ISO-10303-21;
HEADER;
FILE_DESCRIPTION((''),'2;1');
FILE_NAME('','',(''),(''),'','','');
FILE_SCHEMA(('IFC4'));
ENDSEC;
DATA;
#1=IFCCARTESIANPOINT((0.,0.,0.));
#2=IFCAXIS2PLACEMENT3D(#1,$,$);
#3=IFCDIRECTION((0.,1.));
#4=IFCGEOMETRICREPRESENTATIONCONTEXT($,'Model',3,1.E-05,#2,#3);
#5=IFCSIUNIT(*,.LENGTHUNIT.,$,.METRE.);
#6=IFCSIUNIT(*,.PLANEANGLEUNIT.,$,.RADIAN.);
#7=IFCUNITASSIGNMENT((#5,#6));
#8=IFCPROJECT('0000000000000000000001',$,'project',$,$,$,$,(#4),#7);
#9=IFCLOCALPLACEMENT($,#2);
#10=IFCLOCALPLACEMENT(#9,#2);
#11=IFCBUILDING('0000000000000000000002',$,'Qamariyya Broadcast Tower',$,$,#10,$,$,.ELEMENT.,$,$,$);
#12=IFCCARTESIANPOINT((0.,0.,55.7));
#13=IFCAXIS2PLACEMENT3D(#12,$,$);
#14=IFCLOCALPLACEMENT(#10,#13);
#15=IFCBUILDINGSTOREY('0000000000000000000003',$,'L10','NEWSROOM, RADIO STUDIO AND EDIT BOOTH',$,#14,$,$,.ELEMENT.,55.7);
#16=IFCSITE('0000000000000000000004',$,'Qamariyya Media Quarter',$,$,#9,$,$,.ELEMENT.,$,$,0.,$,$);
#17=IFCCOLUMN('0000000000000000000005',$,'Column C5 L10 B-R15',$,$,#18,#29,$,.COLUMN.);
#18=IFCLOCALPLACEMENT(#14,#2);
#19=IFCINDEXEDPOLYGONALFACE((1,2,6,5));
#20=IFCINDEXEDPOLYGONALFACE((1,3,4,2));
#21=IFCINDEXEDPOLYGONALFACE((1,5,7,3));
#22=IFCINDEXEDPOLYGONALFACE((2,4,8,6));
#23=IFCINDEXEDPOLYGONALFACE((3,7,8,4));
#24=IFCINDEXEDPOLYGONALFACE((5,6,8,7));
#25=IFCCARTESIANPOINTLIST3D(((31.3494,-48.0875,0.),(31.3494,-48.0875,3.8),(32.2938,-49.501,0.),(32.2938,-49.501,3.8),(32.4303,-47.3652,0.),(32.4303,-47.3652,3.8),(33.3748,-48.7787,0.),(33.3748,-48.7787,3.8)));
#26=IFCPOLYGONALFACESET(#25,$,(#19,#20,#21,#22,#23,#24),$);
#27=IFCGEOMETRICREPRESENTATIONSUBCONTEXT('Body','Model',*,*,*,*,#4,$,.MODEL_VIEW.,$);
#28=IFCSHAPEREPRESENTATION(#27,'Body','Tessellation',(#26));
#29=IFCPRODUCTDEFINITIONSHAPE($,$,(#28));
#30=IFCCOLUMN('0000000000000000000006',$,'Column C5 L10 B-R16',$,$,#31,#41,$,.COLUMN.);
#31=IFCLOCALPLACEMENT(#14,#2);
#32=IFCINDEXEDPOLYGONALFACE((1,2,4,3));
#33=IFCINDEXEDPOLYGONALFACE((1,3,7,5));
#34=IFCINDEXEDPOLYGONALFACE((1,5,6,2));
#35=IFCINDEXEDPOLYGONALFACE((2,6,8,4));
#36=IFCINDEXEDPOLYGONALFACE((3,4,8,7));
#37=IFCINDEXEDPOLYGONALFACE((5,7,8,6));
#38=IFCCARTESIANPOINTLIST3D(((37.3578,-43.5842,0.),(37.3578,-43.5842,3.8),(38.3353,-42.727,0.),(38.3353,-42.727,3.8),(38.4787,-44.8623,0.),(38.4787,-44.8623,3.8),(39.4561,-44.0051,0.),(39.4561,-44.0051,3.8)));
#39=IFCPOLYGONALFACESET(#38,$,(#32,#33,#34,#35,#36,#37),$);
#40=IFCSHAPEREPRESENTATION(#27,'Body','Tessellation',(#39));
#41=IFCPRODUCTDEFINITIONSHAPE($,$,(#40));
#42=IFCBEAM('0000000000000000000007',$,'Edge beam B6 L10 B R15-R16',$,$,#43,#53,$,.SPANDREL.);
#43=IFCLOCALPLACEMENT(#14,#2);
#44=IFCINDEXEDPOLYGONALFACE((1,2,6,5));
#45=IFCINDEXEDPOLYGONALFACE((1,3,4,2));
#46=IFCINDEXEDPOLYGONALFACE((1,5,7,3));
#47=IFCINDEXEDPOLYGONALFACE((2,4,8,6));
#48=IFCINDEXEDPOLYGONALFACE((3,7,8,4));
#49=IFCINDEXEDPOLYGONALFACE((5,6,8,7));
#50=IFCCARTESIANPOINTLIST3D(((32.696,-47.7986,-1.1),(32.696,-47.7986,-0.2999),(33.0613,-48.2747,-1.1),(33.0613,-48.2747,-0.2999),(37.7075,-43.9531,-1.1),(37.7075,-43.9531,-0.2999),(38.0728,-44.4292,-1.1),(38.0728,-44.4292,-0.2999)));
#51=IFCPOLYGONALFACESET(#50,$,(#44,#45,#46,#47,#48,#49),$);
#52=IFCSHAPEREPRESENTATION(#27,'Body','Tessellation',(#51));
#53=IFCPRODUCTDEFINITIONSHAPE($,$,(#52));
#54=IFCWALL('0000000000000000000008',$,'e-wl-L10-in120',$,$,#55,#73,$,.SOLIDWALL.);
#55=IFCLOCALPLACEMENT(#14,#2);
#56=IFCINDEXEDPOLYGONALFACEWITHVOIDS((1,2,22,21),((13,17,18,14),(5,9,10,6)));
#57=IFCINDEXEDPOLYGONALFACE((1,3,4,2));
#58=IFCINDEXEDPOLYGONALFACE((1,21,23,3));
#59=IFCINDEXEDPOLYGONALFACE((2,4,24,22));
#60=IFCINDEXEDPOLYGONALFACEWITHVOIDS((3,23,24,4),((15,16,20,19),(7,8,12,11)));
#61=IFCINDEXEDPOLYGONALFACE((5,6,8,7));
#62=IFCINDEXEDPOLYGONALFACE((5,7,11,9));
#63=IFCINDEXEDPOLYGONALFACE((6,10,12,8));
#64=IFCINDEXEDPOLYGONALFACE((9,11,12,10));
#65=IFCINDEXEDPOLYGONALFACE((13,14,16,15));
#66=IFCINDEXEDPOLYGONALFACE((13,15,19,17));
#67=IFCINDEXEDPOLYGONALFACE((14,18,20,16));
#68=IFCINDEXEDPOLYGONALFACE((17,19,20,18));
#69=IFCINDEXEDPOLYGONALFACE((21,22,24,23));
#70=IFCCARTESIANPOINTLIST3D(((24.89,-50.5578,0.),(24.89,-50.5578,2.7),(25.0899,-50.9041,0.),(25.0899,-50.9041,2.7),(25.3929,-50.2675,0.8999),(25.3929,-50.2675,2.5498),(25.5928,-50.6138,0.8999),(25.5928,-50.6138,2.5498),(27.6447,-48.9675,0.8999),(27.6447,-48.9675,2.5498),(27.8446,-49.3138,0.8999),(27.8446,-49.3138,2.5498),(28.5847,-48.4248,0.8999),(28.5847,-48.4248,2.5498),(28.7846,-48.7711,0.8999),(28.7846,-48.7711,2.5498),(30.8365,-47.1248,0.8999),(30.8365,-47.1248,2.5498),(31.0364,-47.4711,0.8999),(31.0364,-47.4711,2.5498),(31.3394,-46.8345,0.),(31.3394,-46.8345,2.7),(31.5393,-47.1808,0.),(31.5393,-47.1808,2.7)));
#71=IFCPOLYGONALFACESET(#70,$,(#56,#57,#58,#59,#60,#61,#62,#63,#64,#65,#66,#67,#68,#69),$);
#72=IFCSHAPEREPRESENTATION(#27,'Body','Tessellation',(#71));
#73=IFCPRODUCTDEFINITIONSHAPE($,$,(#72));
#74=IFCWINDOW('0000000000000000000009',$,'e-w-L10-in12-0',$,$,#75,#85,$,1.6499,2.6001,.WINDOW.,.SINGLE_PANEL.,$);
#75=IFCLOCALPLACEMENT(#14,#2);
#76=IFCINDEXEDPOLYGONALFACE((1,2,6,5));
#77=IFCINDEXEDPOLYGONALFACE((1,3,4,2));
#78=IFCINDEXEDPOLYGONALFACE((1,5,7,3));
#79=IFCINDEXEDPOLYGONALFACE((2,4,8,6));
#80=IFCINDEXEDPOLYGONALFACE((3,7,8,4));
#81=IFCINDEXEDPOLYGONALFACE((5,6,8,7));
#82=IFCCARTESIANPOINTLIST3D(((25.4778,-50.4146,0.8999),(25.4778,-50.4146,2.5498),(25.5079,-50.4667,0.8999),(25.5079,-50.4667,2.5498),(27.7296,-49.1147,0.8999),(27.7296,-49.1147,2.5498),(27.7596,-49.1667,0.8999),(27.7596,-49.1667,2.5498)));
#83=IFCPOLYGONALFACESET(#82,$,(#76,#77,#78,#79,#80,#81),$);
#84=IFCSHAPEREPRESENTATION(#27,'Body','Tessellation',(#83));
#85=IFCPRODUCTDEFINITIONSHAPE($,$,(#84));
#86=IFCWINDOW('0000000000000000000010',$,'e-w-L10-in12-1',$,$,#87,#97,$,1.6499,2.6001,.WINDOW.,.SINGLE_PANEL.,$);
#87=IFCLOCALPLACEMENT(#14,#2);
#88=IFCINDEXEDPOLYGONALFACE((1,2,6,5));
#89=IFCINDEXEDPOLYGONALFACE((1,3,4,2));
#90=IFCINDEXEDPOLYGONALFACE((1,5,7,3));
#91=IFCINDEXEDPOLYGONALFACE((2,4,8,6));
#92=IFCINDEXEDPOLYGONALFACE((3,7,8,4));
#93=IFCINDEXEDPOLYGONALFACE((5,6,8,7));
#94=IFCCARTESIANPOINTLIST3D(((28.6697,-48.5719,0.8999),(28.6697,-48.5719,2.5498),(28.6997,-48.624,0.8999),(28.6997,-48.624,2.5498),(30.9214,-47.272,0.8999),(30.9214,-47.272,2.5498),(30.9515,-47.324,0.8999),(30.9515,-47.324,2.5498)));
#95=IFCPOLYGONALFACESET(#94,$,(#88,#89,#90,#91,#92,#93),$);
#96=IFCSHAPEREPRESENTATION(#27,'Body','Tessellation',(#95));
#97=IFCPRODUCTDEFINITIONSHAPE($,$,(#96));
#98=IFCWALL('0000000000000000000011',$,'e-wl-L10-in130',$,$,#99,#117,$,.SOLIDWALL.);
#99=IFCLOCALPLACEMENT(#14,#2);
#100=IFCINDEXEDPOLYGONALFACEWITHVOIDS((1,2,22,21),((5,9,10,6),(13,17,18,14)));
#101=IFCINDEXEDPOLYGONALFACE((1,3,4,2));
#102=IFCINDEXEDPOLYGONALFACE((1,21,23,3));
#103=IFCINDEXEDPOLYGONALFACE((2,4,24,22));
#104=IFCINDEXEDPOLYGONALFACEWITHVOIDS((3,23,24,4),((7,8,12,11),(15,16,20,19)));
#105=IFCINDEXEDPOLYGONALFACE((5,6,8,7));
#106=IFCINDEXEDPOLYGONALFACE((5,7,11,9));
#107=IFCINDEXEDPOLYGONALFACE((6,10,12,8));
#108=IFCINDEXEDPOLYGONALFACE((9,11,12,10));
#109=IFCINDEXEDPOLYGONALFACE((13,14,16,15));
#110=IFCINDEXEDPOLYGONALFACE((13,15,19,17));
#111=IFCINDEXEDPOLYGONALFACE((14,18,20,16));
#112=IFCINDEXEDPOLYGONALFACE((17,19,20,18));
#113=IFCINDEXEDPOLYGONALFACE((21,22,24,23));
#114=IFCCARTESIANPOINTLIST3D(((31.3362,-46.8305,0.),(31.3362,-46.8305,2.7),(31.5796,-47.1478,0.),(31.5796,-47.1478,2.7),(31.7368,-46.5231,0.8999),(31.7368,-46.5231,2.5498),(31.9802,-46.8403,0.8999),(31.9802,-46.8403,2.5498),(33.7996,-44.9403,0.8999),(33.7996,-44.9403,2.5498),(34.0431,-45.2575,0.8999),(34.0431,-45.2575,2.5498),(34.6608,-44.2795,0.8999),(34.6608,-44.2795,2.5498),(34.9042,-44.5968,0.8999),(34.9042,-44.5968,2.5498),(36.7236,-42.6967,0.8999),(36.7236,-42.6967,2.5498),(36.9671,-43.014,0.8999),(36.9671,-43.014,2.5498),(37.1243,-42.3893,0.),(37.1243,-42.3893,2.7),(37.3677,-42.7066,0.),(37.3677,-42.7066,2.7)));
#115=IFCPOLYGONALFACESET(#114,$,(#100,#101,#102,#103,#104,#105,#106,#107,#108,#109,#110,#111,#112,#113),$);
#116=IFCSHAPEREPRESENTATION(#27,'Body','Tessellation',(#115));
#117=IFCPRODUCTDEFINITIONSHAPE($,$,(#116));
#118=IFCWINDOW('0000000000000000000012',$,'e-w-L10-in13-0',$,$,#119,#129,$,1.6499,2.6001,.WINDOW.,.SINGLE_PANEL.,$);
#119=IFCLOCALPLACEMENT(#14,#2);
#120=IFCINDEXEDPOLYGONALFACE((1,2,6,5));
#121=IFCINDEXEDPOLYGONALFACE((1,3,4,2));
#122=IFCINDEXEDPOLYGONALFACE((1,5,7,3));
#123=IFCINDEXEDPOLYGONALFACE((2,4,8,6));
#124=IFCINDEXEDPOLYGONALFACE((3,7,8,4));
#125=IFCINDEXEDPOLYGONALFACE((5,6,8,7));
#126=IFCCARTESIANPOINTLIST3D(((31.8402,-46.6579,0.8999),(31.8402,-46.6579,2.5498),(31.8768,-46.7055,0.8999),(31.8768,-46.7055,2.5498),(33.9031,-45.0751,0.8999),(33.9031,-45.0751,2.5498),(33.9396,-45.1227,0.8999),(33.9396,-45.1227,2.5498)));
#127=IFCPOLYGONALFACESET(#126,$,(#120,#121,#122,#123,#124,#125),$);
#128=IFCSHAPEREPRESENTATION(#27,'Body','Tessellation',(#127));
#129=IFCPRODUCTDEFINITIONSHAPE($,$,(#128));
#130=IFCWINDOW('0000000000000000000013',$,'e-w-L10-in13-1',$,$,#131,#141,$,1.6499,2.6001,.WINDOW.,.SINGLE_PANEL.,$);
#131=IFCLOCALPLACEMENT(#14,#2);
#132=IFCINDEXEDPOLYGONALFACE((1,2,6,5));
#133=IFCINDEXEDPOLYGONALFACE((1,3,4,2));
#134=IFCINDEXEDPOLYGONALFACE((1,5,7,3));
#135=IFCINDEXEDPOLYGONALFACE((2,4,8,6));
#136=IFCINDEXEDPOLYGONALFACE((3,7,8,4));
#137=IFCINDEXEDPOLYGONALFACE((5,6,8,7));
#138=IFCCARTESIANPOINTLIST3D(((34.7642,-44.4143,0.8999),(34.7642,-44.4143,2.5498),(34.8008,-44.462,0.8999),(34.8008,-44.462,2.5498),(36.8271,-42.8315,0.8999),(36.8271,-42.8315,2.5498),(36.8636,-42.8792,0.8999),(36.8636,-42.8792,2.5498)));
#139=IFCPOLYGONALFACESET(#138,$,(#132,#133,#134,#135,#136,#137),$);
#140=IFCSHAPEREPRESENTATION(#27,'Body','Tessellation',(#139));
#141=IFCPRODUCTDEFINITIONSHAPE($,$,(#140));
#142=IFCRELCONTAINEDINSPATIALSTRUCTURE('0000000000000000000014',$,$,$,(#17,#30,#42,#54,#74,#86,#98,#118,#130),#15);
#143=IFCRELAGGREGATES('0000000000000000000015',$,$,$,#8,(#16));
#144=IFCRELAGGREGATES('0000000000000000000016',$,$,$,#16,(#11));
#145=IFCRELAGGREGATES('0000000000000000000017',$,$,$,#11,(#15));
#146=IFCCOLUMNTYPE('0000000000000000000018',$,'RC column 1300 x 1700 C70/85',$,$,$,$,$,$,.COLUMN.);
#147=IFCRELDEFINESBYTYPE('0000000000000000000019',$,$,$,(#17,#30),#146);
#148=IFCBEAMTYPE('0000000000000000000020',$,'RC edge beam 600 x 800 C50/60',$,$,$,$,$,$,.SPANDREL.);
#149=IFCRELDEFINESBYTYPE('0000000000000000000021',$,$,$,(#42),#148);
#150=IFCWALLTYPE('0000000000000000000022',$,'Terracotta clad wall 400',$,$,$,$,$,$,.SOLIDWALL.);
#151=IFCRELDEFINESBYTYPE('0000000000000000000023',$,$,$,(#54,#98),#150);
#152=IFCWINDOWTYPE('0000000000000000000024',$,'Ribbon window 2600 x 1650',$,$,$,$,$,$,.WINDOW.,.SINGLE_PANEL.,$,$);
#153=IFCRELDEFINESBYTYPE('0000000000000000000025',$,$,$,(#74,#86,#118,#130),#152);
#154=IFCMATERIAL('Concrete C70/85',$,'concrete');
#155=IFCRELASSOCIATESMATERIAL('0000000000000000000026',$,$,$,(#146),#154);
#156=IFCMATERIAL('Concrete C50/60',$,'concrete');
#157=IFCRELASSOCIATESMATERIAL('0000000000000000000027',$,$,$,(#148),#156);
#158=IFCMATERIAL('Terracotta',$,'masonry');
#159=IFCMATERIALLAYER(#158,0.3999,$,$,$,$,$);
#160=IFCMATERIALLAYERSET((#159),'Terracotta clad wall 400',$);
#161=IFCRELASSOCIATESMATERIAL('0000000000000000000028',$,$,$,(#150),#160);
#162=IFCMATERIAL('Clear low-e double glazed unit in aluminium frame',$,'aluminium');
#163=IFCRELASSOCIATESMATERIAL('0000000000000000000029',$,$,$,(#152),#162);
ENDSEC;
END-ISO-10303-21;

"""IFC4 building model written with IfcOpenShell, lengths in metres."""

from ifc_helpers import new_model, si_unit, direction, frame, frame_2d, origin, origin_2d, place, context, subcontext, project, spatial, rectangle, extrude, material, layer, layer_set, material_profile, profile_set, type_object, element, fill, save


model = new_model("IFC4")

# Units and contexts
model_context = context("Model", 3, precision=1e-05, world=origin(), true_north=direction((0.0, 1.0)))
body_context = subcontext(model_context, "Body", "Model", "MODEL_VIEW")
ifc_project = project(units=[si_unit("LENGTHUNIT", "METRE"), si_unit("PLANEANGLEUNIT", "RADIAN")], contexts=[model_context])

# Site, building, storey
site_placement = place(None, origin())
site = spatial("IfcSite", under=ifc_project, at=site_placement, Name="Qamariyya Media Quarter", CompositionType="ELEMENT", RefElevation=0.0)
building_placement = place(site_placement, origin())
building = spatial("IfcBuilding", under=site, at=building_placement, Name="Qamariyya Broadcast Tower", CompositionType="ELEMENT")
storey_placement = place(building_placement, frame((0.0, 0.0, 55.7)))
storey = spatial("IfcBuildingStorey", under=building, at=storey_placement, Name="L10", Description="NEWSROOM, RADIO STUDIO AND EDIT BOOTH", CompositionType="ELEMENT", Elevation=55.7)

# Columns
ifc_material_1 = material(Name="Concrete C70/85", Category="concrete")
ifc_material_profile_1 = material_profile(ifc_material_1, rectangle(XDim=1.3, YDim=1.7, at=origin_2d()))
ifc_profile_set_1 = profile_set([ifc_material_profile_1], Name="Concrete C70/85")
column_type = type_object("IfcColumnType", Name="RC column 1300 x 1700 C70/85", PredefinedType="COLUMN", material=ifc_profile_set_1)
for number, where, z_axis, x_axis, name in (
    (1, (32.3621, -48.4331, 0.0), (0.0, 0.0, 1.0), (0.83147, 0.55557, 0.0), "Column C5 L10 B-R15"),
    (2, (38.407, -43.7947, 0.0), (0.0, 0.0, 1.0), (0.75184, 0.659346, 0.0), "Column C5 L10 B-R16"),
):
    element("IfcColumn", number, at=place(storey_placement, frame(where, z_axis=z_axis, x_axis=x_axis)), inside=storey, type_object=column_type, Name=name, PredefinedType="COLUMN", context=body_context, shape_type="SweptSolid", body=[
        extrude(rectangle(XDim=1.3, YDim=1.7, at=origin_2d()), origin(), (0.0, 0.0, 1.0), 3.8),
    ])

# Beam
ifc_material_2 = material(Name="Concrete C50/60", Category="concrete")
ifc_material_profile_2 = material_profile(ifc_material_2, rectangle(XDim=0.6001, YDim=0.8, at=origin_2d()))
ifc_profile_set_2 = profile_set([ifc_material_profile_2], Name="Concrete C50/60")
beam_type = type_object("IfcBeamType", Name="RC edge beam 600 x 800 C50/60", PredefinedType="SPANDREL", material=ifc_profile_set_2)
beam_placement = place(storey_placement, frame((32.8787, -48.0366, -0.7), z_axis=(0.793352, 0.608763, 0.0), x_axis=(-0.608763, 0.793352, 0.0)))
element("IfcBeam", 3, at=beam_placement, inside=storey, type_object=beam_type, Name="Edge beam B6 L10 B R15-R16", PredefinedType="SPANDREL", context=body_context, shape_type="SweptSolid", body=[
    extrude(rectangle(XDim=0.6001, YDim=0.8, at=origin_2d()), origin(), (0.0, 0.0, 1.0), 6.3169),
])

# Walls, openings, windows
ifc_material_3 = material(Name="Terracotta", Category="masonry")
ifc_layer = layer(ifc_material_3, 0.3999)
ifc_layer_set = layer_set([ifc_layer], Name="Terracotta clad wall 400")
wall_type = type_object("IfcWallType", Name="Terracotta clad wall 400", PredefinedType="SOLIDWALL", material=ifc_layer_set)
wall_1_placement = place(storey_placement, frame((31.4395, -47.0076, 0.0), z_axis=(0.0, 0.0, 1.0), x_axis=(-0.866038, -0.499979, 0.0)))
wall_1 = element("IfcWall", 4, at=wall_1_placement, inside=storey, type_object=wall_type, Name="e-wl-L10-in120", PredefinedType="SOLIDWALL", context=body_context, shape_type="SweptSolid", body=[
    extrude(rectangle(XDim=7.447, YDim=0.3999, at=frame_2d((3.7236, 0.0))), origin(), (0.0, 0.0, 1.0), 2.7),
])
opening_1_placement = place(wall_1_placement, frame((4.2664, 0.0, 0.8999)))
opening_1 = element("IfcOpeningElement", 5, at=opening_1_placement, cuts=wall_1, PredefinedType="OPENING", context=body_context, shape_type="SweptSolid", body=[
    extrude(rectangle(XDim=2.6001, YDim=1.6499, at=frame_2d((1.3, 0.825))), frame((0.0, 0.21, 0.0), z_axis=(0.0, -1.0, 0.0), x_axis=(1.0, 0.0, 0.0)), (0.0, 0.0, 1.0), 0.4199),
])
opening_2_placement = place(wall_1_placement, frame((0.5808, 0.0, 0.8999)))
opening_2 = element("IfcOpeningElement", 6, at=opening_2_placement, cuts=wall_1, PredefinedType="OPENING", context=body_context, shape_type="SweptSolid", body=[
    extrude(rectangle(XDim=2.6001, YDim=1.6499, at=frame_2d((1.3, 0.825))), frame((0.0, 0.21, 0.0), z_axis=(0.0, -1.0, 0.0), x_axis=(1.0, 0.0, 0.0)), (0.0, 0.0, 1.0), 0.4199),
])
ifc_material_4 = material(Name="Clear low-e double glazed unit in aluminium frame", Category="aluminium")
window_type = type_object("IfcWindowType", Name="Ribbon window 2600 x 1650", PartitioningType="SINGLE_PANEL", PredefinedType="WINDOW", material=ifc_material_4)
window_1_placement = place(opening_1_placement, origin())
window_1 = element("IfcWindow", 7, at=window_1_placement, inside=storey, type_object=window_type, Name="e-w-L10-in12-0", OverallHeight=1.6499, OverallWidth=2.6001, PartitioningType="SINGLE_PANEL", PredefinedType="WINDOW", context=body_context, shape_type="SweptSolid", body=[
    extrude(rectangle(XDim=2.6001, YDim=1.6499, at=frame_2d((1.3, 0.825))), frame((0.0, 0.03, 0.0), z_axis=(0.0, -1.0, 0.0), x_axis=(1.0, 0.0, 0.0)), (0.0, 0.0, 1.0), 0.0601),
])
fill(opening_1, window_1)
window_2_placement = place(opening_2_placement, origin())
window_2 = element("IfcWindow", 8, at=window_2_placement, inside=storey, type_object=window_type, Name="e-w-L10-in12-1", OverallHeight=1.6499, OverallWidth=2.6001, PartitioningType="SINGLE_PANEL", PredefinedType="WINDOW", context=body_context, shape_type="SweptSolid", body=[
    extrude(rectangle(XDim=2.6001, YDim=1.6499, at=frame_2d((1.3, 0.825))), frame((0.0, 0.03, 0.0), z_axis=(0.0, -1.0, 0.0), x_axis=(1.0, 0.0, 0.0)), (0.0, 0.0, 1.0), 0.0601),
])
fill(opening_2, window_2)
wall_2_placement = place(storey_placement, frame((37.2461, -42.5479, 0.0), z_axis=(0.0, 0.0, 1.0), x_axis=(-0.793366, -0.608745, 0.0)))
wall_2 = element("IfcWall", 9, at=wall_2_placement, inside=storey, type_object=wall_type, Name="e-wl-L10-in130", PredefinedType="SOLIDWALL", context=body_context, shape_type="SweptSolid", body=[
    extrude(rectangle(XDim=7.2957, YDim=0.3999, at=frame_2d((3.6479, 0.0))), origin(), (0.0, 0.0, 1.0), 2.7),
])
opening_3_placement = place(wall_2_placement, frame((4.1907, 0.0, 0.8999)))
opening_3 = element("IfcOpeningElement", 10, at=opening_3_placement, cuts=wall_2, PredefinedType="OPENING", context=body_context, shape_type="SweptSolid", body=[
    extrude(rectangle(XDim=2.6001, YDim=1.6499, at=frame_2d((1.3, 0.825))), frame((0.0, 0.21, 0.0), z_axis=(0.0, -1.0, 0.0), x_axis=(1.0, 0.0, 0.0)), (0.0, 0.0, 1.0), 0.4199),
])
opening_4_placement = place(wall_2_placement, frame((0.5051, 0.0, 0.8999)))
opening_4 = element("IfcOpeningElement", 11, at=opening_4_placement, cuts=wall_2, PredefinedType="OPENING", context=body_context, shape_type="SweptSolid", body=[
    extrude(rectangle(XDim=2.6001, YDim=1.6499, at=frame_2d((1.3, 0.825))), frame((0.0, 0.21, 0.0), z_axis=(0.0, -1.0, 0.0), x_axis=(1.0, 0.0, 0.0)), (0.0, 0.0, 1.0), 0.4199),
])
window_3_placement = place(opening_3_placement, origin())
window_3 = element("IfcWindow", 12, at=window_3_placement, inside=storey, type_object=window_type, Name="e-w-L10-in13-0", OverallHeight=1.6499, OverallWidth=2.6001, PartitioningType="SINGLE_PANEL", PredefinedType="WINDOW", context=body_context, shape_type="SweptSolid", body=[
    extrude(rectangle(XDim=2.6001, YDim=1.6499, at=frame_2d((1.3, 0.825))), frame((0.0, 0.03, 0.0), z_axis=(0.0, -1.0, 0.0), x_axis=(1.0, 0.0, 0.0)), (0.0, 0.0, 1.0), 0.0601),
])
fill(opening_3, window_3)
window_4_placement = place(opening_4_placement, origin())
window_4 = element("IfcWindow", 13, at=window_4_placement, inside=storey, type_object=window_type, Name="e-w-L10-in13-1", OverallHeight=1.6499, OverallWidth=2.6001, PartitioningType="SINGLE_PANEL", PredefinedType="WINDOW", context=body_context, shape_type="SweptSolid", body=[
    extrude(rectangle(XDim=2.6001, YDim=1.6499, at=frame_2d((1.3, 0.825))), frame((0.0, 0.03, 0.0), z_axis=(0.0, -1.0, 0.0), x_axis=(1.0, 0.0, 0.0)), (0.0, 0.0, 1.0), 0.0601),
])
fill(opening_4, window_4)

save(model, "model.ifc")
